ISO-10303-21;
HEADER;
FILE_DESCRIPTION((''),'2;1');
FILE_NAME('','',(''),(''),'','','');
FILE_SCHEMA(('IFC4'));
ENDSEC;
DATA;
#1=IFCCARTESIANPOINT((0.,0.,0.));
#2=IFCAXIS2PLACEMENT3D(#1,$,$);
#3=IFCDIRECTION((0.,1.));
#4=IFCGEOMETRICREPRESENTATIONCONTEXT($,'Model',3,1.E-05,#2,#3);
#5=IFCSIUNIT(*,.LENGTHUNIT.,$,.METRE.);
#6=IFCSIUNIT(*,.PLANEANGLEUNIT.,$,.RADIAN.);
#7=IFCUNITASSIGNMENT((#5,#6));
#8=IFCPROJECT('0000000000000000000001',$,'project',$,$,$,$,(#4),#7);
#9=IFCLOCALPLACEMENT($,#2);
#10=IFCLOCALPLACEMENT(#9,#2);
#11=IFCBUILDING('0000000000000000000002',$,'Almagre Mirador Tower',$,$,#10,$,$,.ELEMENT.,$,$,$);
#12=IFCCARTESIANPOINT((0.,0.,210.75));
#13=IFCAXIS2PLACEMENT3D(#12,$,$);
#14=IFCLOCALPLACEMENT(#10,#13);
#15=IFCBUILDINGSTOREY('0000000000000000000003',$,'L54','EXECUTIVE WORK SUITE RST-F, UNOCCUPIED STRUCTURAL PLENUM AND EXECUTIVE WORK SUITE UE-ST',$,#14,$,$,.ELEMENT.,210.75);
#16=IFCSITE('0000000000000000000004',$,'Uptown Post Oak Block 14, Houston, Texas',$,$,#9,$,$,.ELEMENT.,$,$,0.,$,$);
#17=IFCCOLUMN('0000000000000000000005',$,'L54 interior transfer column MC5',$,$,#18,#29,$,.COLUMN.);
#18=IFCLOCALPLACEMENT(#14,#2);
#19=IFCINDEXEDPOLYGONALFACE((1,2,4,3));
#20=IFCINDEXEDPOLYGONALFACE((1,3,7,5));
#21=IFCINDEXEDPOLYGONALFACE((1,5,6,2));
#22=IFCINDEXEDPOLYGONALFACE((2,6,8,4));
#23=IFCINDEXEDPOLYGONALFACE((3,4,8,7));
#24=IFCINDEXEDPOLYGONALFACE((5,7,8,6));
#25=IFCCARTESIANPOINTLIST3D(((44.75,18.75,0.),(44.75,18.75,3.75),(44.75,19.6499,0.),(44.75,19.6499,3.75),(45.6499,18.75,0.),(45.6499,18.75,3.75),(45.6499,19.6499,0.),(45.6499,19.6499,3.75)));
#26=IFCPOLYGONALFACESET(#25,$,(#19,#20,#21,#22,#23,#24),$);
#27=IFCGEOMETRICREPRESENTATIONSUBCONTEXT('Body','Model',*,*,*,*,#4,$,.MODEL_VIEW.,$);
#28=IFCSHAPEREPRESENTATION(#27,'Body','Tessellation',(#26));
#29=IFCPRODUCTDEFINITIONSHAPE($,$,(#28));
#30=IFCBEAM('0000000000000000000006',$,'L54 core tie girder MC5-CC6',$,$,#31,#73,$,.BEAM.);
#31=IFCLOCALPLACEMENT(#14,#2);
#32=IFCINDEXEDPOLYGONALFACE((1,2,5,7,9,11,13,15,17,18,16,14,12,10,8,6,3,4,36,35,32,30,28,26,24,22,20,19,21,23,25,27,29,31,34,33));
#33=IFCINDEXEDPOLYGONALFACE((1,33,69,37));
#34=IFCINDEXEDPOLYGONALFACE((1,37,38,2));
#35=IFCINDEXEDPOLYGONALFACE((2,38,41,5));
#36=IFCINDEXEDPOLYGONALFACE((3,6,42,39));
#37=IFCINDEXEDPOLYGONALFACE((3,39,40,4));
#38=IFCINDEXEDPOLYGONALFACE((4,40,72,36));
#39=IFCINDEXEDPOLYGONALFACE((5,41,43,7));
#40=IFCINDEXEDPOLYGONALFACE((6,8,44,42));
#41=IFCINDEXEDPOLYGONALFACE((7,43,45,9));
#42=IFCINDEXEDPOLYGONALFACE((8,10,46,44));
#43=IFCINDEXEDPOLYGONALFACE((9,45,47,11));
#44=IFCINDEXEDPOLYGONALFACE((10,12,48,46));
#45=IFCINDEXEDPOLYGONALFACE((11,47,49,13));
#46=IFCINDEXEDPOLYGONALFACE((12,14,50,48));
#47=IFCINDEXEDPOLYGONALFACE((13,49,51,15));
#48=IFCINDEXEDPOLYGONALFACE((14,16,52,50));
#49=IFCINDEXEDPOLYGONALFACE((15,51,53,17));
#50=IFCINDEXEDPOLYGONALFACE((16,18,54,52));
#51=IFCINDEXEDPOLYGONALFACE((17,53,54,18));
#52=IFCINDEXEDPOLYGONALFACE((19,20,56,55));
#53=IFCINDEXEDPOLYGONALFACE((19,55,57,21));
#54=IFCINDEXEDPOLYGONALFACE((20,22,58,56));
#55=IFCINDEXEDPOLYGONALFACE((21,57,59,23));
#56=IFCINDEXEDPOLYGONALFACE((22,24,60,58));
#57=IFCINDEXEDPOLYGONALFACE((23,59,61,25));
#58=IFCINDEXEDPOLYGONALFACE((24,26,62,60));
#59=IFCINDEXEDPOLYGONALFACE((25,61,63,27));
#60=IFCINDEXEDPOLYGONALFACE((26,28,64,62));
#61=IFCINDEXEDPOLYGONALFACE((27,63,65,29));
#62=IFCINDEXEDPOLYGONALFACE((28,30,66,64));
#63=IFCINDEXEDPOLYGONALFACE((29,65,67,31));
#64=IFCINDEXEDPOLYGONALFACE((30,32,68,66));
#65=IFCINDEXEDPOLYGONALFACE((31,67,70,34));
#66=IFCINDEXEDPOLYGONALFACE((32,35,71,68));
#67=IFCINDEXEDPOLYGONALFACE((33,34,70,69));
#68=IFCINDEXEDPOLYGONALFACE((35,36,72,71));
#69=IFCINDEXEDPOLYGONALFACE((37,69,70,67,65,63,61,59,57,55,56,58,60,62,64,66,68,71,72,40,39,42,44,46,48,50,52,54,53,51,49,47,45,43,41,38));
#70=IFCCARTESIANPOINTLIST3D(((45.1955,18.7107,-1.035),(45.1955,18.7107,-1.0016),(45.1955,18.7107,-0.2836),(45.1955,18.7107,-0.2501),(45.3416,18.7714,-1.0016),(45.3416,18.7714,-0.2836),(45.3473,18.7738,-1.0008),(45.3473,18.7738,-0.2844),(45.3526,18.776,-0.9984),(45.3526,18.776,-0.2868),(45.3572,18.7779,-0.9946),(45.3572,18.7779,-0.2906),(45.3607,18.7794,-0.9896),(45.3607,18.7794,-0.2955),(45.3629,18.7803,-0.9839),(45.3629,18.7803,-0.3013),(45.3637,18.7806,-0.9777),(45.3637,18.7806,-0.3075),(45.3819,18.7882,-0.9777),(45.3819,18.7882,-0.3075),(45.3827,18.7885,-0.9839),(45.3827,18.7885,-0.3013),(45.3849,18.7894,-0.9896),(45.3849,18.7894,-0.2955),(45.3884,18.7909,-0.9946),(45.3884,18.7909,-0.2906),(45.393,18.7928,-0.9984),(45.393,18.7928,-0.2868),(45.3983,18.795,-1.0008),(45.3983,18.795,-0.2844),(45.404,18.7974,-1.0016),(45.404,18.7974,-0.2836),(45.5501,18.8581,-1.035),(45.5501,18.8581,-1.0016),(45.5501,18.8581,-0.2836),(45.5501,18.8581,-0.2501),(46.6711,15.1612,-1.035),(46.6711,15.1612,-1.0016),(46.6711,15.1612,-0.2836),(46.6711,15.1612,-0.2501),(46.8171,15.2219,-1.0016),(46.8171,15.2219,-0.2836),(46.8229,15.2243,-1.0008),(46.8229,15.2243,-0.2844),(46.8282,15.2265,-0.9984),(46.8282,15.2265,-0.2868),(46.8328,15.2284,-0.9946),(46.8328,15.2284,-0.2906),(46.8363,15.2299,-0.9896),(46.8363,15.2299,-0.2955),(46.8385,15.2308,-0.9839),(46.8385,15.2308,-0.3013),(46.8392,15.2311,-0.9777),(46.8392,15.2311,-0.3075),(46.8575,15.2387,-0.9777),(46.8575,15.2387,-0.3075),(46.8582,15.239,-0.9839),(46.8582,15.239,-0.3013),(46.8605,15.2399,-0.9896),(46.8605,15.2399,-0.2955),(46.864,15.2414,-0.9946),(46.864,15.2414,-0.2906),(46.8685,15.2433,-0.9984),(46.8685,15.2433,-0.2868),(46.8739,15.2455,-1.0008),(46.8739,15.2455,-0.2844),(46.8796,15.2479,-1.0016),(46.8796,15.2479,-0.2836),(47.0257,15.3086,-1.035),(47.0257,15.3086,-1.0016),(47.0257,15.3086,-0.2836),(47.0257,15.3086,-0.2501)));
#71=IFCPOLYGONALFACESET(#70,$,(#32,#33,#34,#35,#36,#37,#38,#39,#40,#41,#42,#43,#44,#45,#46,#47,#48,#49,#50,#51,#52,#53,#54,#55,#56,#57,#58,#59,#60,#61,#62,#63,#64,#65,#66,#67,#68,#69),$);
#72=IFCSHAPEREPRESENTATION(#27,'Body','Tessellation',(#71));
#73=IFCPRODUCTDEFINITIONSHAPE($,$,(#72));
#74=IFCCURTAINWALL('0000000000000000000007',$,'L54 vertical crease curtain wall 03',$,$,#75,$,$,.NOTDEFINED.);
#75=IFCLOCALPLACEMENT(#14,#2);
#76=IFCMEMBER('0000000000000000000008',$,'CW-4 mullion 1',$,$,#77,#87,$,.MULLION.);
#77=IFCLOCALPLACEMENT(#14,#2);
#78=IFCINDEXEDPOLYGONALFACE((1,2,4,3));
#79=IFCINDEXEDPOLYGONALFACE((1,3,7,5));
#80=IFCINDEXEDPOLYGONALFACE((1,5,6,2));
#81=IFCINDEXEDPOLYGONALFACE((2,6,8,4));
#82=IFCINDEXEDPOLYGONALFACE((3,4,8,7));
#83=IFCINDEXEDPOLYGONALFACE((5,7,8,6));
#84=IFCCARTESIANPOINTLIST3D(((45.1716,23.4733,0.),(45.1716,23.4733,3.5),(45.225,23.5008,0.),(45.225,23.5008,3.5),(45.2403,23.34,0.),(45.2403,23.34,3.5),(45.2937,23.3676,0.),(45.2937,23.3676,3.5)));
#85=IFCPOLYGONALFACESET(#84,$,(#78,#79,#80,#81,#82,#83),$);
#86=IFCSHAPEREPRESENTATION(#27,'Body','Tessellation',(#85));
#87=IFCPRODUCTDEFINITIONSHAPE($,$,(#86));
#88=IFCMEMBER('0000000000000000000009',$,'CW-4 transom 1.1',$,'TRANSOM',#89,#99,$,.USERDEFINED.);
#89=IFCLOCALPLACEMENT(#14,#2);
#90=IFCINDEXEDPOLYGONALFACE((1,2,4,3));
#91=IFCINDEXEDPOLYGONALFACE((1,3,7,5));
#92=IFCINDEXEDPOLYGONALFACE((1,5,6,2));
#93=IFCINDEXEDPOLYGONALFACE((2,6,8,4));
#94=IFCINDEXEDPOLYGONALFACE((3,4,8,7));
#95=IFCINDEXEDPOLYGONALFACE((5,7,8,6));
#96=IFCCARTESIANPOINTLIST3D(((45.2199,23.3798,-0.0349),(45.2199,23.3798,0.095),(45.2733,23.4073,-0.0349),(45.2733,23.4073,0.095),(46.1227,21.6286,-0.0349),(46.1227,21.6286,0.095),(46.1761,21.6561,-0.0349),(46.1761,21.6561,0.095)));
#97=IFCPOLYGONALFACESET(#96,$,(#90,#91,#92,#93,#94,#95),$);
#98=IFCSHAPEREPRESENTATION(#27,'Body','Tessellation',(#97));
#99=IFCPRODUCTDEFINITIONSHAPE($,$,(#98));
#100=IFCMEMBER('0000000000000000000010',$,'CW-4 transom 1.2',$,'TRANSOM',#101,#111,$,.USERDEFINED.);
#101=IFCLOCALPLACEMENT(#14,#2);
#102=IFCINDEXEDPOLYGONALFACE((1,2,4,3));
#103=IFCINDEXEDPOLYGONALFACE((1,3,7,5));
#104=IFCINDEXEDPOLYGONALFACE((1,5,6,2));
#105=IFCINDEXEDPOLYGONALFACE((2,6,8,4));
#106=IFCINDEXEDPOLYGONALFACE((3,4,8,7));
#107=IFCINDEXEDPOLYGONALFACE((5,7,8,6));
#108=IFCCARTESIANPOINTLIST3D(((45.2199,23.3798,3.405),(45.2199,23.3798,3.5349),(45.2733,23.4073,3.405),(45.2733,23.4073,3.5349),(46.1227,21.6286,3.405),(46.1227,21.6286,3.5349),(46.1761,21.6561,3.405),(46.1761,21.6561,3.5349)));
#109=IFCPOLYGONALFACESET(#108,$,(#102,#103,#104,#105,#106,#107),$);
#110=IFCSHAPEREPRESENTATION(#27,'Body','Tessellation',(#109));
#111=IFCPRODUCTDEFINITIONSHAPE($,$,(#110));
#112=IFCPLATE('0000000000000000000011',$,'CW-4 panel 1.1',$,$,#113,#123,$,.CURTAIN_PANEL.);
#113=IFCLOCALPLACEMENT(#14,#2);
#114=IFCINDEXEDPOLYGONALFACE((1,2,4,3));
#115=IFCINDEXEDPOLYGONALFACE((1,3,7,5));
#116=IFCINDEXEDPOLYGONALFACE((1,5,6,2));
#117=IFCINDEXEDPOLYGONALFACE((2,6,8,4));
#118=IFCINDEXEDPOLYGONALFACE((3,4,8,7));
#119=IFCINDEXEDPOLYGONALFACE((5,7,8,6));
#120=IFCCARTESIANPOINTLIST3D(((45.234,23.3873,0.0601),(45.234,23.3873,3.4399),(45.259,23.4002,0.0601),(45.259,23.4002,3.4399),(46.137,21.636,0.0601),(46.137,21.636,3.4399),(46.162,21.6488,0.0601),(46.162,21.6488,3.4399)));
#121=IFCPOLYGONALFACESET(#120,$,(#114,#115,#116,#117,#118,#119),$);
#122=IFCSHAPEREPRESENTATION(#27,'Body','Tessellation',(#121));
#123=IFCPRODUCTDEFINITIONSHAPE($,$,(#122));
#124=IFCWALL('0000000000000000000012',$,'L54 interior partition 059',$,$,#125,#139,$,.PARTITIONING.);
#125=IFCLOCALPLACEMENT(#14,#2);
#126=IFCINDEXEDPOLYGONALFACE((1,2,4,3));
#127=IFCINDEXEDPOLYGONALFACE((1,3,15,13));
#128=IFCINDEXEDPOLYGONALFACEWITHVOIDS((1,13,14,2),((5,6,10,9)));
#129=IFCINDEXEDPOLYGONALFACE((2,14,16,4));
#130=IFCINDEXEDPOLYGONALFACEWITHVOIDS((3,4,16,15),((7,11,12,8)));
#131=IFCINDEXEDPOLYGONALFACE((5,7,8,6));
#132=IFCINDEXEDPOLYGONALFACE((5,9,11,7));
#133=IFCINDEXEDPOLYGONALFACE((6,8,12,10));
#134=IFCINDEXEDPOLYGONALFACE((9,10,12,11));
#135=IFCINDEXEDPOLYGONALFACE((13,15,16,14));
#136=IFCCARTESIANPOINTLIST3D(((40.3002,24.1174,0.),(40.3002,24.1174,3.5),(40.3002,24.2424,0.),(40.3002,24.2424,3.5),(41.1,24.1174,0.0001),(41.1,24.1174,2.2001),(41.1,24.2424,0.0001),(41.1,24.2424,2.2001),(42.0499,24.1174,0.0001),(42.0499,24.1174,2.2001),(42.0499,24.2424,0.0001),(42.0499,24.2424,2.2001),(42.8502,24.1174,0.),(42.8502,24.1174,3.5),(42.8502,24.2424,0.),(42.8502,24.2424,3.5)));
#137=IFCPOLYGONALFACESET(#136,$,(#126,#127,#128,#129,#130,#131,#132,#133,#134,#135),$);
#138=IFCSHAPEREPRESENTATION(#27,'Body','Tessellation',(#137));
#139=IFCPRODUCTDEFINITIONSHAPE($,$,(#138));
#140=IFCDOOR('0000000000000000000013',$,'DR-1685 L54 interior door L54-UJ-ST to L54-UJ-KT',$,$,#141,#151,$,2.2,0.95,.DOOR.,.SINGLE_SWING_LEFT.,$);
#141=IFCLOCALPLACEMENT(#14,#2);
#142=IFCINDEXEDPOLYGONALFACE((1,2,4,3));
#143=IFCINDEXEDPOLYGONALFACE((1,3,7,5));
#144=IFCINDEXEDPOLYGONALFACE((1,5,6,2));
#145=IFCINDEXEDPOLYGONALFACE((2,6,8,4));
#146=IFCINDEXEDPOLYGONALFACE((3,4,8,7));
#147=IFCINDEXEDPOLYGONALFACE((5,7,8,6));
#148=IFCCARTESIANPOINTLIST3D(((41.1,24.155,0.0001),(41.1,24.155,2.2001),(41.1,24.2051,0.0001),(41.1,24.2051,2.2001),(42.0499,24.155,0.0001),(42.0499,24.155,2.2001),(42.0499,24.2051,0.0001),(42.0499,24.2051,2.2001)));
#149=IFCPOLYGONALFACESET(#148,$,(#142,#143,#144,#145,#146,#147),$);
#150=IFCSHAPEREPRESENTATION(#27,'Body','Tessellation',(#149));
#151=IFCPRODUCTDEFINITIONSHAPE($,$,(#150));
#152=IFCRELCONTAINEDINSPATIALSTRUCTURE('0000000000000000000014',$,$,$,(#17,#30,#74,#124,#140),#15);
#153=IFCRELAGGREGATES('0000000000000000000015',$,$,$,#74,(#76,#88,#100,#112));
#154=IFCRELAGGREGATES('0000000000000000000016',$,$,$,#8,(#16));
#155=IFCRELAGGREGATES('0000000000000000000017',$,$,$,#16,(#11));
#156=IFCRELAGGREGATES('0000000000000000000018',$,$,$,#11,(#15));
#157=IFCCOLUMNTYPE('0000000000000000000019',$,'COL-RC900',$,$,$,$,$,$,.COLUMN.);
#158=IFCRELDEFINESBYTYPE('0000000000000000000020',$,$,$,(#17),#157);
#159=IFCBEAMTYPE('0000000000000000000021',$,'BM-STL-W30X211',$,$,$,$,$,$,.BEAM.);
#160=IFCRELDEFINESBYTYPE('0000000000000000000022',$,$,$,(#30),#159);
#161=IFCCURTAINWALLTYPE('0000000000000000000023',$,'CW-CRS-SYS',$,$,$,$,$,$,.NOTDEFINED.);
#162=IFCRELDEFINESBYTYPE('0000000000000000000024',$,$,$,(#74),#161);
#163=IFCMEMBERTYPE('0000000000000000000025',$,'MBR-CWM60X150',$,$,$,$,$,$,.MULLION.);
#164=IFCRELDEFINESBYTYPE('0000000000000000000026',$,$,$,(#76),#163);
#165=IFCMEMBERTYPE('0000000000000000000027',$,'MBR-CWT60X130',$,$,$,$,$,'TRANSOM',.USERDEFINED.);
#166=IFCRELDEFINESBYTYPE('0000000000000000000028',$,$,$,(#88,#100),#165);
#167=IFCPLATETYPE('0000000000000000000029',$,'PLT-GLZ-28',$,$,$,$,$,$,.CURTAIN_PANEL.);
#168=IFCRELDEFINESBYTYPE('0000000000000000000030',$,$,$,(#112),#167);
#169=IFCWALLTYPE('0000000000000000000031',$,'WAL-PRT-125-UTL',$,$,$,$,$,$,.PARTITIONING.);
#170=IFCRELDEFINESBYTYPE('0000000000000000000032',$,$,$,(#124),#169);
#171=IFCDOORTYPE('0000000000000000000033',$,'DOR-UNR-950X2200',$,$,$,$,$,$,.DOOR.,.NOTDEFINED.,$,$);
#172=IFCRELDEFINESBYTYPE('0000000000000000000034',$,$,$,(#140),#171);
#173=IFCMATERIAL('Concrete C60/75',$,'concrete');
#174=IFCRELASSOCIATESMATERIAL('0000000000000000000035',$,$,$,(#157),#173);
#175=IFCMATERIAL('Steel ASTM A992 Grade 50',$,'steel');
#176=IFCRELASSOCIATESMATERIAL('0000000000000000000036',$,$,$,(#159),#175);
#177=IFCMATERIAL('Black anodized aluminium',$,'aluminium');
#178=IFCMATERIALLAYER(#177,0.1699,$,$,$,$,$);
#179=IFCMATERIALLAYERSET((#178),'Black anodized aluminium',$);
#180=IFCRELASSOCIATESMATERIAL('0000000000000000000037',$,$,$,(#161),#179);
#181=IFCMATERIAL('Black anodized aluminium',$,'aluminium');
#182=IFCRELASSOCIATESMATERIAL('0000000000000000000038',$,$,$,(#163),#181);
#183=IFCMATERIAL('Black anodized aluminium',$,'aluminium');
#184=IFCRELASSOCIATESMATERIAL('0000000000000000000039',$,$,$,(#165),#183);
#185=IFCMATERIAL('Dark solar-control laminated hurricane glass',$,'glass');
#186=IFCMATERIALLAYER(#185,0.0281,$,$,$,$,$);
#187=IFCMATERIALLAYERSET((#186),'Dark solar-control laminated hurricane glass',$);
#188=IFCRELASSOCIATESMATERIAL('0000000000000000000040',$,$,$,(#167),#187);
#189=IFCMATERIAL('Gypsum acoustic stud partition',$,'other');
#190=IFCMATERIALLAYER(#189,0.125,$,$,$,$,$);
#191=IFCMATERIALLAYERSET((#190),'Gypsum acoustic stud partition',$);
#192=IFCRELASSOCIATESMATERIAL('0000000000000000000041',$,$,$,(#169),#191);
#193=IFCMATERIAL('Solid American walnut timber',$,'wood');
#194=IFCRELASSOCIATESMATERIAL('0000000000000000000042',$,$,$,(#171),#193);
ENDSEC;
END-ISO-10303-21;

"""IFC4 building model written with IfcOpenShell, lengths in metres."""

from ifc_helpers import new_model, si_unit, direction, frame, frame_2d, origin, origin_2d, place, context, subcontext, project, spatial, rectangle, i_section, extrude, material, layer, layer_set, material_profile, profile_set, type_object, element, fill, aggregate, save


model = new_model("IFC4")

# Units and contexts
model_context = context("Model", 3, precision=1e-05, world=origin(), true_north=direction((0.0, 1.0)))
body_context = subcontext(model_context, "Body", "Model", "MODEL_VIEW")
ifc_project = project(units=[si_unit("LENGTHUNIT", "METRE"), si_unit("PLANEANGLEUNIT", "RADIAN")], contexts=[model_context])

# Site, building, storey
site_placement = place(None, origin())
site = spatial("IfcSite", under=ifc_project, at=site_placement, Name="Uptown Post Oak Block 14, Houston, Texas", CompositionType="ELEMENT", RefElevation=0.0)
building_placement = place(site_placement, origin())
building = spatial("IfcBuilding", under=site, at=building_placement, Name="Almagre Mirador Tower", CompositionType="ELEMENT")
storey_placement = place(building_placement, frame((0.0, 0.0, 210.75)))
storey = spatial("IfcBuildingStorey", under=building, at=storey_placement, Name="L54", Description="EXECUTIVE WORK SUITE RST-F, UNOCCUPIED STRUCTURAL PLENUM AND EXECUTIVE WORK SUITE UE-ST", CompositionType="ELEMENT", Elevation=210.75)

# Column
ifc_material_1 = material(Name="Concrete C60/75", Category="concrete")
ifc_material_profile_1 = material_profile(ifc_material_1, rectangle(XDim=0.8999, YDim=0.8999, at=origin_2d()), Name="RC900X900")
ifc_profile_set_1 = profile_set([ifc_material_profile_1], Name="Concrete C60/75")
column_type = type_object("IfcColumnType", Name="COL-RC900", PredefinedType="COLUMN", material=ifc_profile_set_1)
column_placement = place(storey_placement, frame((45.2, 19.2, 0.0), z_axis=(0.0, 0.0, 1.0), x_axis=(1.0, 0.0, 0.0)))
element("IfcColumn", 1, at=column_placement, inside=storey, type_object=column_type, Name="L54 interior transfer column MC5", PredefinedType="COLUMN", context=body_context, shape_type="SweptSolid", body=[
    extrude(rectangle(XDim=0.8999, YDim=0.8999, at=origin_2d()), origin(), (0.0, 0.0, 1.0), 3.75),
])

# Beam
ifc_material_2 = material(Name="Steel ASTM A992 Grade 50", Category="steel")
ifc_material_profile_2 = material_profile(ifc_material_2, i_section(OverallWidth=0.384, OverallDepth=0.7849, WebThickness=0.0198, FlangeThickness=0.0334, FilletRadius=0.0239, at=origin_2d()), Name="W30X211")
ifc_profile_set_2 = profile_set([ifc_material_profile_2], Name="Steel ASTM A992 Grade 50")
beam_type = type_object("IfcBeamType", Name="BM-STL-W30X211", PredefinedType="BEAM", material=ifc_profile_set_2)
beam_placement = place(storey_placement, frame((45.3728, 18.7844, -0.6426), z_axis=(0.383862, -0.92339, 0.0), x_axis=(0.92339, 0.383862, 0.0)))
element("IfcBeam", 2, at=beam_placement, inside=storey, type_object=beam_type, Name="L54 core tie girder MC5-CC6", PredefinedType="BEAM", context=body_context, shape_type="SweptSolid", body=[
    extrude(i_section(OverallWidth=0.384, OverallDepth=0.7849, WebThickness=0.0198, FlangeThickness=0.0334, FilletRadius=0.0239, at=origin_2d()), origin(), (0.0, 0.0, 1.0), 3.844),
])

# Curtain wall, members, plate
ifc_material_3 = material(Name="Black anodized aluminium", Category="aluminium")
ifc_layer_1 = layer(ifc_material_3, 0.1699)
ifc_layer_set_1 = layer_set([ifc_layer_1], Name="Black anodized aluminium")
curtain_wall_type = type_object("IfcCurtainWallType", Name="CW-CRS-SYS", PredefinedType="NOTDEFINED", material=ifc_layer_set_1)
curtain_wall_placement = place(storey_placement, origin())
curtain_wall = element("IfcCurtainWall", 3, at=curtain_wall_placement, inside=storey, type_object=curtain_wall_type, Name="L54 vertical crease curtain wall 03", PredefinedType="NOTDEFINED")
ifc_material_4 = material(Name="Black anodized aluminium", Category="aluminium")
ifc_material_profile_3 = material_profile(ifc_material_4, rectangle(XDim=0.0601, YDim=0.1499, at=origin_2d()), Name="CWM60X150")
ifc_profile_set_3 = profile_set([ifc_material_profile_3], Name="Black anodized aluminium")
member_type_1 = type_object("IfcMemberType", Name="MBR-CWM60X150", PredefinedType="MULLION", material=ifc_profile_set_3)
member_1_placement = place(storey_placement, frame((45.2327, 23.4204, 0.0), z_axis=(0.0, 0.0, 1.0), x_axis=(0.888809, 0.458277, 0.0)))
member_1 = element("IfcMember", 4, at=member_1_placement, type_object=member_type_1, Name="CW-4 mullion 1", PredefinedType="MULLION", context=body_context, shape_type="SweptSolid", body=[
    extrude(rectangle(XDim=0.0601, YDim=0.1499, at=origin_2d()), origin(), (0.0, 0.0, 1.0), 3.5),
])
ifc_material_5 = material(Name="Black anodized aluminium", Category="aluminium")
ifc_material_profile_4 = material_profile(ifc_material_5, rectangle(XDim=0.0601, YDim=0.1299, at=origin_2d()), Name="CWT60X130")
ifc_profile_set_4 = profile_set([ifc_material_profile_4], Name="Black anodized aluminium")
member_type_2 = type_object("IfcMemberType", Name="MBR-CWT60X130", ElementType="TRANSOM", PredefinedType="USERDEFINED", material=ifc_profile_set_4)
member_2_placement = place(storey_placement, frame((45.2466, 23.3936, 0.03), z_axis=(0.458233, -0.888832, 0.0), x_axis=(0.888832, 0.458233, 0.0)))
member_2 = element("IfcMember", 5, at=member_2_placement, type_object=member_type_2, Name="CW-4 transom 1.1", ObjectType="TRANSOM", PredefinedType="USERDEFINED", context=body_context, shape_type="SweptSolid", body=[
    extrude(rectangle(XDim=0.0601, YDim=0.1299, at=origin_2d()), origin(), (0.0, 0.0, 1.0), 1.9702),
])
member_3_placement = place(storey_placement, frame((45.2466, 23.3936, 3.47), z_axis=(0.458233, -0.888832, 0.0), x_axis=(0.888832, 0.458233, 0.0)))
member_3 = element("IfcMember", 6, at=member_3_placement, type_object=member_type_2, Name="CW-4 transom 1.2", ObjectType="TRANSOM", PredefinedType="USERDEFINED", context=body_context, shape_type="SweptSolid", body=[
    extrude(rectangle(XDim=0.0601, YDim=0.1299, at=origin_2d()), origin(), (0.0, 0.0, 1.0), 1.9702),
])
ifc_material_6 = material(Name="Dark solar-control laminated hurricane glass", Category="glass")
ifc_layer_2 = layer(ifc_material_6, 0.0281)
ifc_layer_set_2 = layer_set([ifc_layer_2], Name="Dark solar-control laminated hurricane glass")
plate_type = type_object("IfcPlateType", Name="PLT-GLZ-28", PredefinedType="CURTAIN_PANEL", material=ifc_layer_set_2)
plate_placement = place(storey_placement, frame((45.698, 22.5181, 0.0601), z_axis=(0.0, 0.0, 1.0), x_axis=(0.458277, -0.888809, 0.0)))
plate = element("IfcPlate", 7, at=plate_placement, type_object=plate_type, Name="CW-4 panel 1.1", PredefinedType="CURTAIN_PANEL", context=body_context, shape_type="SweptSolid", body=[
    extrude(rectangle(XDim=1.9705, YDim=0.0281, at=origin_2d()), origin(), (0.0, 0.0, 1.0), 3.3799),
])
aggregate(curtain_wall, [member_1, member_2, member_3, plate])

# Wall, opening, door
ifc_material_7 = material(Name="Gypsum acoustic stud partition", Category="other")
ifc_layer_3 = layer(ifc_material_7, 0.125)
ifc_layer_set_3 = layer_set([ifc_layer_3], Name="Gypsum acoustic stud partition")
wall_type_1 = type_object("IfcWallType", Name="WAL-PRT-125-UTL", PredefinedType="PARTITIONING", material=ifc_layer_set_3)
wall_1_placement = place(storey_placement, frame((42.8501, 24.1799, 0.0), z_axis=(0.0, 0.0, 1.0), x_axis=(-1.0, 0.0, 0.0)))
wall_1 = element("IfcWall", 8, at=wall_1_placement, inside=storey, type_object=wall_type_1, Name="L54 interior partition 059", PredefinedType="PARTITIONING", context=body_context, shape_type="SweptSolid", body=[
    extrude(rectangle(XDim=2.55, YDim=0.125, at=frame_2d((1.2749, 0.0))), origin(), (0.0, 0.0, 1.0), 3.5),
])
opening_1_placement = place(wall_1_placement, frame((0.8, 0.0, 0.0)))
opening_1 = element("IfcOpeningElement", 9, at=opening_1_placement, cuts=wall_1, PredefinedType="OPENING", context=body_context, shape_type="SweptSolid", body=[
    extrude(rectangle(XDim=0.95, YDim=2.2, at=frame_2d((0.4751, 1.1001))), frame((0.0, 0.0725, 0.0), z_axis=(0.0, -1.0, 0.0), x_axis=(1.0, 0.0, 0.0)), (0.0, 0.0, 1.0), 0.145),
])
ifc_material_8 = material(Name="Solid American walnut timber", Category="wood")
door_type_1 = type_object("IfcDoorType", Name="DOR-UNR-950X2200", OperationType="NOTDEFINED", PredefinedType="DOOR", material=ifc_material_8)
door_1_placement = place(opening_1_placement, origin())
door_1 = element("IfcDoor", 10, at=door_1_placement, inside=storey, type_object=door_type_1, Name="DR-1685 L54 interior door L54-UJ-ST to L54-UJ-KT", OperationType="SINGLE_SWING_LEFT", OverallHeight=2.2, OverallWidth=0.95, PredefinedType="DOOR", context=body_context, shape_type="SweptSolid", body=[
    extrude(rectangle(XDim=0.95, YDim=2.2, at=frame_2d((0.4751, 1.1001))), frame((0.0, 0.0249, 0.0), z_axis=(0.0, -1.0, 0.0), x_axis=(1.0, 0.0, 0.0)), (0.0, 0.0, 1.0), 0.05),
])
fill(opening_1, door_1)

save(model, "model.ifc")
